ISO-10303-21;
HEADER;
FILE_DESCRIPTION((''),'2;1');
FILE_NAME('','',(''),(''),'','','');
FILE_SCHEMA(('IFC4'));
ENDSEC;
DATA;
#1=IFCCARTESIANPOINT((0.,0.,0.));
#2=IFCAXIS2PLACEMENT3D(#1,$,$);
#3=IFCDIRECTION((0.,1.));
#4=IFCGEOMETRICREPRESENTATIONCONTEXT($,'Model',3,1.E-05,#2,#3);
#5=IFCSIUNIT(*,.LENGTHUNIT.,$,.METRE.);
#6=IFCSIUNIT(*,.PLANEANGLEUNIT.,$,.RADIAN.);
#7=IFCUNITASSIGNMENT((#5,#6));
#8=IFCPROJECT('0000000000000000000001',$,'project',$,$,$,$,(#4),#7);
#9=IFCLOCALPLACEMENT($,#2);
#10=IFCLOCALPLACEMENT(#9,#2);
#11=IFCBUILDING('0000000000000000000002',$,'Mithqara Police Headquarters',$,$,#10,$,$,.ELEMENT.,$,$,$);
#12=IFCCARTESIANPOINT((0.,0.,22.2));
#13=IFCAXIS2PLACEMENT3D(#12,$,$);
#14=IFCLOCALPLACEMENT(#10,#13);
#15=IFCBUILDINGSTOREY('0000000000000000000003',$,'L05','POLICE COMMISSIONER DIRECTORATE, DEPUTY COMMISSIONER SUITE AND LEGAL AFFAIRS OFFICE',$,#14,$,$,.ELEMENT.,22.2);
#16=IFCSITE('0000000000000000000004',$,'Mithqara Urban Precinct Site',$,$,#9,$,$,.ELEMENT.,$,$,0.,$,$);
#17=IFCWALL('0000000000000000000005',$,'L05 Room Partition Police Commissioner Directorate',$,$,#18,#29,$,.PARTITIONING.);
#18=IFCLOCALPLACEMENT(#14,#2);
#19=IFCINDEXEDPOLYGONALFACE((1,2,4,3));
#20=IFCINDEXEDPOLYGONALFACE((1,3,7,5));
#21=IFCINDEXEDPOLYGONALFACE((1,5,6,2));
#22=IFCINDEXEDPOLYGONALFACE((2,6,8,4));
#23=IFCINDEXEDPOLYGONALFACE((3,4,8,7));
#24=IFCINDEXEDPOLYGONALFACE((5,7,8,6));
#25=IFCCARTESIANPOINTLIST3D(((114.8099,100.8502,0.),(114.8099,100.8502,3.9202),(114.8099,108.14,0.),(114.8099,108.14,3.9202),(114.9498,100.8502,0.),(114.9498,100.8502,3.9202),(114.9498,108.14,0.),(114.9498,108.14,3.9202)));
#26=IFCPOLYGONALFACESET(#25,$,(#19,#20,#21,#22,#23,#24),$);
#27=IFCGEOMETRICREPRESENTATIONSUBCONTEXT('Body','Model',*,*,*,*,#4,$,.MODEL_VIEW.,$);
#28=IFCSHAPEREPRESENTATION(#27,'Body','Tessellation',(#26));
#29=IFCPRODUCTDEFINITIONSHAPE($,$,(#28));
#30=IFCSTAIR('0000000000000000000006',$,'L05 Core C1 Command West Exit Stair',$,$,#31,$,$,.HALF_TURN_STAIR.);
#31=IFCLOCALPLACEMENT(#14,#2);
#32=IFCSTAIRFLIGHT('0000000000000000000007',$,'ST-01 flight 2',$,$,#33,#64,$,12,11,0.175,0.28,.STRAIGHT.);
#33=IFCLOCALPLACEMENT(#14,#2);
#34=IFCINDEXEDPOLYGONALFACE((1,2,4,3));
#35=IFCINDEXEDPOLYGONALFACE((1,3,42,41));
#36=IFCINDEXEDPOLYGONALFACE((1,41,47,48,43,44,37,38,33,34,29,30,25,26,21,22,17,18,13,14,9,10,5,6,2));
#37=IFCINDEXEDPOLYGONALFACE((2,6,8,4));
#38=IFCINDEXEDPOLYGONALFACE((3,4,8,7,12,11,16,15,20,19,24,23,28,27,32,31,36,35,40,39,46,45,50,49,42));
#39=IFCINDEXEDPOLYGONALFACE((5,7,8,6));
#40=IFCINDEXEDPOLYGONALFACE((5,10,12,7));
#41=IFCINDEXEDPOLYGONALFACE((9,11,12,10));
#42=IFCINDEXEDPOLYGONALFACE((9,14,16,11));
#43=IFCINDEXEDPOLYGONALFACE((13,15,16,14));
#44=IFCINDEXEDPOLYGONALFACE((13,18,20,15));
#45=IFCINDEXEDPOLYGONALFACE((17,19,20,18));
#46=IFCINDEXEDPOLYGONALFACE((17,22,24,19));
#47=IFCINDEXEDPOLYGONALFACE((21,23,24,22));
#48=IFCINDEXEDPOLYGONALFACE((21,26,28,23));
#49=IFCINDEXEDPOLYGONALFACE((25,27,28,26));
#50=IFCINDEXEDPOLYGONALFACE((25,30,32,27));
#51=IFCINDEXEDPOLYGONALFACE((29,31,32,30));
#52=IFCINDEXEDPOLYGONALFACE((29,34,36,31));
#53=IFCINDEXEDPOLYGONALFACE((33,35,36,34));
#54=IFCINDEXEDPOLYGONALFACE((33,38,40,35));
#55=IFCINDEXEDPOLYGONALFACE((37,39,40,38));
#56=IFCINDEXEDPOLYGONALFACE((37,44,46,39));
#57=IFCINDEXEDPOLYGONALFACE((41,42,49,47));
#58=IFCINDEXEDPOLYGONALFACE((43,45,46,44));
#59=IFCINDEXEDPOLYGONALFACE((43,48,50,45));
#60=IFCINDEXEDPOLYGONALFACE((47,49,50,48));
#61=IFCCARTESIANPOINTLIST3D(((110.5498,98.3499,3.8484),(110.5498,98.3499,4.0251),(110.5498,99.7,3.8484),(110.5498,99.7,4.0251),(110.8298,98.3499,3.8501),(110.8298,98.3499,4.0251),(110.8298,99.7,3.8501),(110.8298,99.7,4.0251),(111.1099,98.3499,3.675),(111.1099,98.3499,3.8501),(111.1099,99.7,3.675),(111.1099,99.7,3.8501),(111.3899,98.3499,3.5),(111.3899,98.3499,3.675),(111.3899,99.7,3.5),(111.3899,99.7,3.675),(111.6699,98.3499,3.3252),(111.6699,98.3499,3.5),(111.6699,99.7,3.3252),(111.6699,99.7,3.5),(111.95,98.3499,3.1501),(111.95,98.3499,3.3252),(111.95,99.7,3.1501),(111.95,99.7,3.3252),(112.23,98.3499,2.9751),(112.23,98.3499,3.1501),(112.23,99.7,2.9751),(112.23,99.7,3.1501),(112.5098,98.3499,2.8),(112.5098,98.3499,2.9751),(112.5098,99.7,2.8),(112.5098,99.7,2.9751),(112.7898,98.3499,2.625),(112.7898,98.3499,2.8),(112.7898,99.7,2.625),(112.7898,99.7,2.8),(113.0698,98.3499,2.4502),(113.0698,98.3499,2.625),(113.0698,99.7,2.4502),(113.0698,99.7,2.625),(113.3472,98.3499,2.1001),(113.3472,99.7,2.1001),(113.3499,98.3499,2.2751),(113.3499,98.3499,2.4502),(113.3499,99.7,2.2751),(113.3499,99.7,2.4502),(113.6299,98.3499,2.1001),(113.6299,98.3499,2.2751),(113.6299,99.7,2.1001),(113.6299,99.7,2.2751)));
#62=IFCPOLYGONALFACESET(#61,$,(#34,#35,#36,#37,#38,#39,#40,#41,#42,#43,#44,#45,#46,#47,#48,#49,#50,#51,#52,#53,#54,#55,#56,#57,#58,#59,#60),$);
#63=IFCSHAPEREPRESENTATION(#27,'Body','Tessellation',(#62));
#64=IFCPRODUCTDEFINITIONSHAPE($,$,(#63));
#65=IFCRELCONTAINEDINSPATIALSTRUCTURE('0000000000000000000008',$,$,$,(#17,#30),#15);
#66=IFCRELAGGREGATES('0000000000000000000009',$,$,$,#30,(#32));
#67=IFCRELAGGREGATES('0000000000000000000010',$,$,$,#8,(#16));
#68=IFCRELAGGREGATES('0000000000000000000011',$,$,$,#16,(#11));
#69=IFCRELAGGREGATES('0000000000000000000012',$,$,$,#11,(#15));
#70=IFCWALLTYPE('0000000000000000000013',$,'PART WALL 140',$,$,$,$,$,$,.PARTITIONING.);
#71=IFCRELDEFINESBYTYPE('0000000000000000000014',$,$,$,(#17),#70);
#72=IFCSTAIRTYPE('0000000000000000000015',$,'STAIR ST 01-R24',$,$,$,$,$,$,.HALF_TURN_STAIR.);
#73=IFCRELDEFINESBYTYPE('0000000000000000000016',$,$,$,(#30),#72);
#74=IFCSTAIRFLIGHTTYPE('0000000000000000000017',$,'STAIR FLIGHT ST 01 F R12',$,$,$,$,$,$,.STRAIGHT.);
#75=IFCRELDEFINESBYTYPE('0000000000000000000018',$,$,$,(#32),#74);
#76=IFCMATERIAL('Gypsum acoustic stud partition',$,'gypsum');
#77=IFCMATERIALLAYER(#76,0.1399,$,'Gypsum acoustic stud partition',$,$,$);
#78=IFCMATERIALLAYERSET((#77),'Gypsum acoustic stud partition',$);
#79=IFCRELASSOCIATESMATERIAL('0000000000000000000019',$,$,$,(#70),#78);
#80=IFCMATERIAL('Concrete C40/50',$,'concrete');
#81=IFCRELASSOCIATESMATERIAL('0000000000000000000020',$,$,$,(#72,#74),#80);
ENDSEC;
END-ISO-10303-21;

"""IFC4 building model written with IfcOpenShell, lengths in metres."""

from ifc_helpers import new_model, si_unit, direction, frame, frame_2d, origin, place, context, subcontext, project, spatial, polyline, rectangle, outline, extrude, material, layer, layer_set, type_object, element, aggregate, save


model = new_model("IFC4")

# Units and contexts
model_context = context("Model", 3, precision=1e-05, world=origin(), true_north=direction((0.0, 1.0)))
body_context = subcontext(model_context, "Body", "Model", "MODEL_VIEW")
ifc_project = project(units=[si_unit("LENGTHUNIT", "METRE"), si_unit("PLANEANGLEUNIT", "RADIAN")], contexts=[model_context])

# Site, building, storey
site_placement = place(None, origin())
site = spatial("IfcSite", under=ifc_project, at=site_placement, Name="Mithqara Urban Precinct Site", CompositionType="ELEMENT", RefElevation=0.0)
building_placement = place(site_placement, origin())
building = spatial("IfcBuilding", under=site, at=building_placement, Name="Mithqara Police Headquarters", CompositionType="ELEMENT")
storey_placement = place(building_placement, frame((0.0, 0.0, 22.2)))
storey = spatial("IfcBuildingStorey", under=building, at=storey_placement, Name="L05", Description="POLICE COMMISSIONER DIRECTORATE, DEPUTY COMMISSIONER SUITE AND LEGAL AFFAIRS OFFICE", CompositionType="ELEMENT", Elevation=22.2)

# Shared definitions
ifc_material_1 = material(Name="Concrete C40/50", Category="concrete")

# Wall
ifc_material_2 = material(Name="Gypsum acoustic stud partition", Category="gypsum")
ifc_layer = layer(ifc_material_2, 0.1399, Name="Gypsum acoustic stud partition")
ifc_layer_set = layer_set([ifc_layer], Name="Gypsum acoustic stud partition")
wall_type = type_object("IfcWallType", Name="PART WALL 140", PredefinedType="PARTITIONING", material=ifc_layer_set)
wall_placement = place(storey_placement, frame((114.8799, 100.8501, 0.0), z_axis=(0.0, 0.0, 1.0), x_axis=(0.0, 1.0, 0.0)))
element("IfcWall", 1, at=wall_placement, inside=storey, type_object=wall_type, Name="L05 Room Partition Police Commissioner Directorate", PredefinedType="PARTITIONING", context=body_context, shape_type="SweptSolid", body=[
    extrude(rectangle(XDim=7.2898, YDim=0.1399, at=frame_2d((3.645, 0.0))), origin(), (0.0, 0.0, 1.0), 3.9202),
])

# Stair, stair flight
stair_type = type_object("IfcStairType", Name="STAIR ST 01-R24", PredefinedType="HALF_TURN_STAIR", material=ifc_material_1)
stair_placement = place(storey_placement, origin())
stair = element("IfcStair", 2, at=stair_placement, inside=storey, type_object=stair_type, Name="L05 Core C1 Command West Exit Stair", PredefinedType="HALF_TURN_STAIR")
stair_flight_type = type_object("IfcStairFlightType", Name="STAIR FLIGHT ST 01 F R12", PredefinedType="STRAIGHT", material=ifc_material_1)
stair_flight_placement = place(storey_placement, frame((113.6299, 99.0249, 2.1001), z_axis=(0.0, 0.0, 1.0), x_axis=(-1.0, 0.0, 0.0)))
stair_flight = element("IfcStairFlight", 3, at=stair_flight_placement, type_object=stair_flight_type, Name="ST-01 flight 2", NumberOfRisers=12, NumberOfTreads=11, PredefinedType="STRAIGHT", RiserHeight=0.175, TreadLength=0.28, context=body_context, shape_type="SweptSolid", body=[
    extrude(outline(polyline([(0.0, 0.0), (0.0, 0.175), (0.28, 0.175), (0.28, 0.3501), (0.5601, 0.3501), (0.5601, 0.5249), (0.8401, 0.5249), (0.8401, 0.7), (1.1201, 0.7), (1.1201, 0.875), (1.3999, 0.875), (1.3999, 1.05), (1.6799, 1.05), (1.6799, 1.2251), (1.96, 1.2251), (1.96, 1.3999), (2.24, 1.3999), (2.24, 1.575), (2.52, 1.575), (2.52, 1.75), (2.8, 1.75), (2.8, 1.925), (3.0801, 1.925), (3.0801, 2.1001), (3.0801, 1.7483), (0.2827, 0.0), (0.0, 0.0)])), frame((0.0, 0.675, 0.0), z_axis=(0.0, -1.0, 0.0), x_axis=(1.0, 0.0, 0.0)), (0.0, 0.0, 1.0), 1.3501),
])
aggregate(stair, [stair_flight])

save(model, "model.ifc")
